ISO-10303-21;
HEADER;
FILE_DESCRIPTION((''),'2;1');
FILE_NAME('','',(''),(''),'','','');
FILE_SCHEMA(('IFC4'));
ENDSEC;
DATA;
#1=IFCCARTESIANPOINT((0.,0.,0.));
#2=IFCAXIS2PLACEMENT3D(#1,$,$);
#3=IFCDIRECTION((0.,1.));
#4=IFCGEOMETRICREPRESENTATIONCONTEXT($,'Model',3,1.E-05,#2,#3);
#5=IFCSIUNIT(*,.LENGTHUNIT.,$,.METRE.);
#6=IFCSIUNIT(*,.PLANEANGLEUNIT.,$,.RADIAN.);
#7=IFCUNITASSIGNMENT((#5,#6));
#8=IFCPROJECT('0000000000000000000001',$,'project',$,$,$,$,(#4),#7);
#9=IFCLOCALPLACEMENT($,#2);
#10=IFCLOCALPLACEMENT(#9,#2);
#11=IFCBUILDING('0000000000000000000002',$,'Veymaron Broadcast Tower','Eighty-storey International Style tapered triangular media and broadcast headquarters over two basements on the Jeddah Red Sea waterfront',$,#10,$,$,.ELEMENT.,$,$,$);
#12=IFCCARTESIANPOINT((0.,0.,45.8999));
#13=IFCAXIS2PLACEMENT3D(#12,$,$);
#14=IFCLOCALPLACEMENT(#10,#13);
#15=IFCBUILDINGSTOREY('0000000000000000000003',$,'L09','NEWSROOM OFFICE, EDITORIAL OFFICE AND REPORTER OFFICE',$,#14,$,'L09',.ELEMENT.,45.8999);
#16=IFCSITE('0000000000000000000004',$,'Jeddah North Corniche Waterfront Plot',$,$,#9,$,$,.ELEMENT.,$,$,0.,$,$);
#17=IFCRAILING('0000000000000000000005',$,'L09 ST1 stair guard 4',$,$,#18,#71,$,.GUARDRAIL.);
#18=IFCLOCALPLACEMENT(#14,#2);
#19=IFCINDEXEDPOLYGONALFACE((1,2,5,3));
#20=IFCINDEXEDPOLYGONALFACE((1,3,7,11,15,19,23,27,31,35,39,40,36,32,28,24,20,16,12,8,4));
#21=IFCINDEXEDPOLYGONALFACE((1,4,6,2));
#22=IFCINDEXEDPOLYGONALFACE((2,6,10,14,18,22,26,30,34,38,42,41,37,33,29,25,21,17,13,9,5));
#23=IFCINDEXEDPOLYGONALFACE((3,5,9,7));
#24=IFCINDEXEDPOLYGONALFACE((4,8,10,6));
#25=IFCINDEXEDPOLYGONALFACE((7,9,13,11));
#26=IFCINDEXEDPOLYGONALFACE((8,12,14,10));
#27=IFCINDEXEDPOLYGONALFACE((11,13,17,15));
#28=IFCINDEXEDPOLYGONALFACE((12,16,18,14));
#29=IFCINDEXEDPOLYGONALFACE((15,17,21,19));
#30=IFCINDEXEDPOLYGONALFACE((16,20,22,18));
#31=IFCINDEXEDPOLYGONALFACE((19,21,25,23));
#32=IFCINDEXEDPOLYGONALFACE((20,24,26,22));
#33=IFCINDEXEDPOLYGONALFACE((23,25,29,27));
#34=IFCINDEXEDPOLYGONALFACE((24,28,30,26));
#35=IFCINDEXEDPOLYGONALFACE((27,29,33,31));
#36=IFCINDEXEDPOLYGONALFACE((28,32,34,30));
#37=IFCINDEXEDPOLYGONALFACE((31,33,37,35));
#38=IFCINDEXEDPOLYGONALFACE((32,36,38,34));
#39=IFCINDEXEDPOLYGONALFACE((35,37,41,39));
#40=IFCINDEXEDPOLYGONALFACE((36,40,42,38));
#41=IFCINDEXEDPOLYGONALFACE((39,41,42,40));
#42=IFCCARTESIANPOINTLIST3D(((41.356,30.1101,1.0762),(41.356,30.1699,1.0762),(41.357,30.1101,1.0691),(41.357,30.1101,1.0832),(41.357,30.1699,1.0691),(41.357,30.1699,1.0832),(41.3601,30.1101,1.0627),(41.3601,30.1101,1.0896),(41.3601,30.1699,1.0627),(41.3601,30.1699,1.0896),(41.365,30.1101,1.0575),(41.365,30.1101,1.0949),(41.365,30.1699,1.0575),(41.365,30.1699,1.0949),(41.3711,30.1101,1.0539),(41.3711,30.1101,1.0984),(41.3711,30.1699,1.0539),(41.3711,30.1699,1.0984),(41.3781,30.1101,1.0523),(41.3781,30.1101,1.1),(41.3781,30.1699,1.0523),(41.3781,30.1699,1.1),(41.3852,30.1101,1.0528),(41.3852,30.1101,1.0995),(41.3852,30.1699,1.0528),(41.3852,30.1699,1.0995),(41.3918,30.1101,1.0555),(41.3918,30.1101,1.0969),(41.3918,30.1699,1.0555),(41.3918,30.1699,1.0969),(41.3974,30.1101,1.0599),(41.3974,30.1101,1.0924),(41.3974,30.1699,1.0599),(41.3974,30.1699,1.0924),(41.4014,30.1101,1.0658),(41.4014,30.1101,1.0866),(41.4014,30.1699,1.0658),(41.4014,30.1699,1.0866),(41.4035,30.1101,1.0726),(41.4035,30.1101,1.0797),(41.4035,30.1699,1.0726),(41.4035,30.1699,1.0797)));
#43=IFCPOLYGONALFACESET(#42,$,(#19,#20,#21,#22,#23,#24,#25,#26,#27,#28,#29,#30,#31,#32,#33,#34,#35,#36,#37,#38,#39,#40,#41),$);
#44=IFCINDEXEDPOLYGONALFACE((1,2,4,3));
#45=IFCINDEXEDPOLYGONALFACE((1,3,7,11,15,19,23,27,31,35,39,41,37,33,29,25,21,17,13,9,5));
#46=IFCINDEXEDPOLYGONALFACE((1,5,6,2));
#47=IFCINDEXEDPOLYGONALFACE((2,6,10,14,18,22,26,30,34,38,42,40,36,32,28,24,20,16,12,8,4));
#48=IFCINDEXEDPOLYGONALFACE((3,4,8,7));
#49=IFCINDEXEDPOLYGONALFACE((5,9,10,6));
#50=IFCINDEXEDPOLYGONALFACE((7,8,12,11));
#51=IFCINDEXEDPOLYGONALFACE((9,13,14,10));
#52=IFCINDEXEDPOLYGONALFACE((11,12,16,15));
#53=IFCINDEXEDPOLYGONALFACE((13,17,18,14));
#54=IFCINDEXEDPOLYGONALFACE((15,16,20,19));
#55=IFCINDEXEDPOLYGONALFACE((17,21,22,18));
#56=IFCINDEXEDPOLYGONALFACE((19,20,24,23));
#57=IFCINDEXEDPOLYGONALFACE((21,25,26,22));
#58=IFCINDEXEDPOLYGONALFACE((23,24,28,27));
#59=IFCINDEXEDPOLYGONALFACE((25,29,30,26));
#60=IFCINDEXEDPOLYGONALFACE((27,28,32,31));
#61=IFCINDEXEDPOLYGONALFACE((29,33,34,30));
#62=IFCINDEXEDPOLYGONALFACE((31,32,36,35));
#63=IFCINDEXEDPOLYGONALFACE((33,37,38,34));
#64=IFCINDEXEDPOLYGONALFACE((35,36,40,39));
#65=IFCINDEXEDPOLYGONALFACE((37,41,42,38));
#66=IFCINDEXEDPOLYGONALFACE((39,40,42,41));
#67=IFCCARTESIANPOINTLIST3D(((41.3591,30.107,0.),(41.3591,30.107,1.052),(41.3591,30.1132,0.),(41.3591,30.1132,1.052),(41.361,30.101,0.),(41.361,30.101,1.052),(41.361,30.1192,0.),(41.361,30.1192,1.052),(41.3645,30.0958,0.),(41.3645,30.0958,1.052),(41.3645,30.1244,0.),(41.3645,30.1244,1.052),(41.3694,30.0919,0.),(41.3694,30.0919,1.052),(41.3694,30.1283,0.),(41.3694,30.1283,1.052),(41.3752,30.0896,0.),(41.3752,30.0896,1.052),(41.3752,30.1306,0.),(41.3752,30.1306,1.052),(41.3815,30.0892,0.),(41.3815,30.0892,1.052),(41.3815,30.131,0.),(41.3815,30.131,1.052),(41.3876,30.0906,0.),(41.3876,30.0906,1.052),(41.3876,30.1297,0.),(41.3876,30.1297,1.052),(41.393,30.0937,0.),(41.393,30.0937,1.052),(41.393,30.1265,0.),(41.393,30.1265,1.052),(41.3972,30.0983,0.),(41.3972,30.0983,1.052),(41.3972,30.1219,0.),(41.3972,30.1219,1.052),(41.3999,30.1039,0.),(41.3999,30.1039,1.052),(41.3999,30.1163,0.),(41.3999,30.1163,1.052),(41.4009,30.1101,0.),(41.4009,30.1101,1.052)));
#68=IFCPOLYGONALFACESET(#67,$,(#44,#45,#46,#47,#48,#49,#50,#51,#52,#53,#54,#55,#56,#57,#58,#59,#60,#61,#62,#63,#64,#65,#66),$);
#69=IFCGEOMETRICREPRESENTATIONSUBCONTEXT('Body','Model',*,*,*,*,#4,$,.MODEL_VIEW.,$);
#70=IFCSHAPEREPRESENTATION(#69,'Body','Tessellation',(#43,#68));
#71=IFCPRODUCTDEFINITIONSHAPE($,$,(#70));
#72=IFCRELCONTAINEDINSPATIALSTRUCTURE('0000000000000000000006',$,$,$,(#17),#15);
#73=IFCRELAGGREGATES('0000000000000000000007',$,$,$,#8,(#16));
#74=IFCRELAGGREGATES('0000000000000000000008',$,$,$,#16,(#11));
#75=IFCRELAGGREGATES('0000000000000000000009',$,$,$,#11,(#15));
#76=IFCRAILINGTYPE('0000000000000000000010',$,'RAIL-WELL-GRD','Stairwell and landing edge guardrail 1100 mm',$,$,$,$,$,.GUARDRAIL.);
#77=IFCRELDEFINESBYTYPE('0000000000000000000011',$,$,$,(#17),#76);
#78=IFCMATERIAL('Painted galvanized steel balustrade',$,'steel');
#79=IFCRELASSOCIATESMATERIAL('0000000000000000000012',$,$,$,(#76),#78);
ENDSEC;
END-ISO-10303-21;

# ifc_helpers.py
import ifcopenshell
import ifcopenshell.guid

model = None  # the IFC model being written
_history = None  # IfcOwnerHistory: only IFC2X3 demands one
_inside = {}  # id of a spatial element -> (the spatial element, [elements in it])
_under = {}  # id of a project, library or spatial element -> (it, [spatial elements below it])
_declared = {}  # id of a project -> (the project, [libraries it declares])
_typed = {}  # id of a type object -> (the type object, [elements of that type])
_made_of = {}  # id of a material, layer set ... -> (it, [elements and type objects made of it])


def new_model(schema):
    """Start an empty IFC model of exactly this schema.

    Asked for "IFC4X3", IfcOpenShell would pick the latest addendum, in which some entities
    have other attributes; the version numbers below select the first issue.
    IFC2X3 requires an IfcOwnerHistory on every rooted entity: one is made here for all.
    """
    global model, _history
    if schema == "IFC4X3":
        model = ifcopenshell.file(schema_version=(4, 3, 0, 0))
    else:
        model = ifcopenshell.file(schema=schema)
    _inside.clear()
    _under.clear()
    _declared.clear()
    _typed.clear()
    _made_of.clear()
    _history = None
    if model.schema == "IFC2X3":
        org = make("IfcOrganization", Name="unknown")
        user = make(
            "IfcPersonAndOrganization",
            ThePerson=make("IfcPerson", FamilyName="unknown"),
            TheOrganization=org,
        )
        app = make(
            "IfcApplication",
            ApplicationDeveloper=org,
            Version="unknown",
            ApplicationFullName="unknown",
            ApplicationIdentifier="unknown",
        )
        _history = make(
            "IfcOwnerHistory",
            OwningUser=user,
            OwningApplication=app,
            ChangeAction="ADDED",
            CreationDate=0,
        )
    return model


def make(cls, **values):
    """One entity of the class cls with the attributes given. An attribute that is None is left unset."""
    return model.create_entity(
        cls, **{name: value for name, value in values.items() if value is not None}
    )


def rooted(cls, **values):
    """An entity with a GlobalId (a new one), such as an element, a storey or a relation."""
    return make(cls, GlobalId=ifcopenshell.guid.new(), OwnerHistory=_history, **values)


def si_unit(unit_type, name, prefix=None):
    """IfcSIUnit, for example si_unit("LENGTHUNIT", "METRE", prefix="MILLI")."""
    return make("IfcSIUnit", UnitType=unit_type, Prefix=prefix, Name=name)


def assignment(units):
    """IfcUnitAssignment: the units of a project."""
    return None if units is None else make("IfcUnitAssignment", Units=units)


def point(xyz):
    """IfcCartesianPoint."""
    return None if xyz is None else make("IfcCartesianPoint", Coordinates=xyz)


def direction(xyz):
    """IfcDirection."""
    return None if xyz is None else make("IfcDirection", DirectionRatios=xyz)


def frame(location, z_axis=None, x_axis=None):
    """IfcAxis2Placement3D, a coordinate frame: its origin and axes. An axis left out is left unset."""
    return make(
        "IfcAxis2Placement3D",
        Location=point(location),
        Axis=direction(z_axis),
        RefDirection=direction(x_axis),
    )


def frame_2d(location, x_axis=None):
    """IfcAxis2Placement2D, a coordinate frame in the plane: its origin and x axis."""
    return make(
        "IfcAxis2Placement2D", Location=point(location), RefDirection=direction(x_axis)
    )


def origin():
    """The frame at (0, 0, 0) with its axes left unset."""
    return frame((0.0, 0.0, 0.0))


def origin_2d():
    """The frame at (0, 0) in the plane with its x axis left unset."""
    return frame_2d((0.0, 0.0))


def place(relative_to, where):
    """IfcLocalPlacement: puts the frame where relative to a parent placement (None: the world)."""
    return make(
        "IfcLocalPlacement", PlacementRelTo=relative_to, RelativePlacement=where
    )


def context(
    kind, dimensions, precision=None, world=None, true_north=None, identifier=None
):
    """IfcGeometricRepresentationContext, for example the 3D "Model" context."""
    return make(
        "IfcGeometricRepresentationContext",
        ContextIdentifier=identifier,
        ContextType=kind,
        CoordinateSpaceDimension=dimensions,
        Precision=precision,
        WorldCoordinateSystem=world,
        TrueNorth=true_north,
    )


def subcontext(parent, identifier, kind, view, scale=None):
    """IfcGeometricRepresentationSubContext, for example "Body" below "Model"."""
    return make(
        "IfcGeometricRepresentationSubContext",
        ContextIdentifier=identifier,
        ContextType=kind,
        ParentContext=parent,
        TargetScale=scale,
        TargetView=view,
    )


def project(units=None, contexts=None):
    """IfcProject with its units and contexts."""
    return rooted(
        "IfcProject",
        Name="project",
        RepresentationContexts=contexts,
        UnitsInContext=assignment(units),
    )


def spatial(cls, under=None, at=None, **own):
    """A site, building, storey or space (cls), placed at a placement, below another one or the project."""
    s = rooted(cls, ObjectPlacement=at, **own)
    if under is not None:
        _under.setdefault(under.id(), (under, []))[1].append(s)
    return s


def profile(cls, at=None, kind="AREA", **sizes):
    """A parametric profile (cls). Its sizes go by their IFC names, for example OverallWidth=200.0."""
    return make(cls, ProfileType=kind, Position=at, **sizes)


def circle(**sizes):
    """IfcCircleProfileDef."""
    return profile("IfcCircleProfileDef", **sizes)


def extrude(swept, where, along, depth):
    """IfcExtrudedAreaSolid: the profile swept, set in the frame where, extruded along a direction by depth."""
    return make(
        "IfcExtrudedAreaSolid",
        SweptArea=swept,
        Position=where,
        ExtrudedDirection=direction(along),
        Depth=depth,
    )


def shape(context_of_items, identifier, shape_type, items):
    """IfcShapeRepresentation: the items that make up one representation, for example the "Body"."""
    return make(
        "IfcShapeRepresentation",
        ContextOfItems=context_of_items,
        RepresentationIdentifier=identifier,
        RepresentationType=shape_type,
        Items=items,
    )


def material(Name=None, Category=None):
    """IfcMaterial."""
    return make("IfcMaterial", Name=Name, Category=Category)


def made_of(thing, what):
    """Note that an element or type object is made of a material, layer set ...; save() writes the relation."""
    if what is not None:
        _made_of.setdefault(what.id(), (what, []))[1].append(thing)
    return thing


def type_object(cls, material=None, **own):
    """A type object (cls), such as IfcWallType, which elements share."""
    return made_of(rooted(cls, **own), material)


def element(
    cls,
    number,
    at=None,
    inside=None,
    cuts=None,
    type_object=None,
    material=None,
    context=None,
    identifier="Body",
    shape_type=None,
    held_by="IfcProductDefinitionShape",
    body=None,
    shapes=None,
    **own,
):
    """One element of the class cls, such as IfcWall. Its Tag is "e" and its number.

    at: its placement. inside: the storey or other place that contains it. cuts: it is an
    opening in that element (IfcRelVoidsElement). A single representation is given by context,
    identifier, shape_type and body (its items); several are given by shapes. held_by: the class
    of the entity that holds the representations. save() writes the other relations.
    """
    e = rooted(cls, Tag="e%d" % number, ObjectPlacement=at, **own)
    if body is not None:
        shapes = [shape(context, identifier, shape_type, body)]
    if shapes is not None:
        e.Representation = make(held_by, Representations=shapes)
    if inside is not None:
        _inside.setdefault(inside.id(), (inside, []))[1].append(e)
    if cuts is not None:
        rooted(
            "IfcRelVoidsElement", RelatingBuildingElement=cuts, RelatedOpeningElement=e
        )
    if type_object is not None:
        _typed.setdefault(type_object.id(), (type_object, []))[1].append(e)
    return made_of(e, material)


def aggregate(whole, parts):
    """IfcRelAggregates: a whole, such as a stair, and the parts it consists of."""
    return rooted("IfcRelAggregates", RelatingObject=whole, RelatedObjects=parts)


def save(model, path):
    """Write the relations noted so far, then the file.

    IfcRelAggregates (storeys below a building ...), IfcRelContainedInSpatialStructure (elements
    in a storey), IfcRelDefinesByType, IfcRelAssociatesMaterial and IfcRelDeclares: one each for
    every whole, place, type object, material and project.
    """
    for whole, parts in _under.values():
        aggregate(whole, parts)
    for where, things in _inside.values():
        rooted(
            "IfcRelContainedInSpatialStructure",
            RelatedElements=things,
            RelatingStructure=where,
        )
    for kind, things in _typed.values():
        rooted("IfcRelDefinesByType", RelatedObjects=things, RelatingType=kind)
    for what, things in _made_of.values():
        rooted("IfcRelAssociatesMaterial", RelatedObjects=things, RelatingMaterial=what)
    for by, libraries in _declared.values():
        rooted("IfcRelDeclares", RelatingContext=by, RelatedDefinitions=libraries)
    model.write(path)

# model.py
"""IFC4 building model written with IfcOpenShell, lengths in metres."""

from ifc_helpers import new_model, si_unit, direction, frame, origin, origin_2d, place, context, subcontext, project, spatial, circle, extrude, material, type_object, element, save


model = new_model("IFC4")

# Units and contexts
model_context = context("Model", 3, precision=1e-05, world=origin(), true_north=direction((0.0, 1.0)))
body_context = subcontext(model_context, "Body", "Model", "MODEL_VIEW")
ifc_project = project(units=[si_unit("LENGTHUNIT", "METRE"), si_unit("PLANEANGLEUNIT", "RADIAN")], contexts=[model_context])

# Site, building, storey
site_placement = place(None, origin())
site = spatial("IfcSite", under=ifc_project, at=site_placement, Name="Jeddah North Corniche Waterfront Plot", CompositionType="ELEMENT", RefElevation=0.0)
building_placement = place(site_placement, origin())
building = spatial("IfcBuilding", under=site, at=building_placement, Name="Veymaron Broadcast Tower", Description="Eighty-storey International Style tapered triangular media and broadcast headquarters over two basements on the Jeddah Red Sea waterfront", CompositionType="ELEMENT")
storey_placement = place(building_placement, frame((0.0, 0.0, 45.8999)))
storey = spatial("IfcBuildingStorey", under=building, at=storey_placement, Name="L09", Description="NEWSROOM OFFICE, EDITORIAL OFFICE AND REPORTER OFFICE", LongName="L09", CompositionType="ELEMENT", Elevation=45.8999)

# Railing
ifc_material_1 = material(Name="Painted galvanized steel balustrade", Category="steel")
railing_type_1 = type_object("IfcRailingType", Name="RAIL-WELL-GRD", Description="Stairwell and landing edge guardrail 1100 mm", PredefinedType="GUARDRAIL", material=ifc_material_1)
railing_1_placement = place(storey_placement, frame((41.3799, 30.1101, 0.0)))
element("IfcRailing", 1, at=railing_1_placement, inside=storey, type_object=railing_type_1, Name="L09 ST1 stair guard 4", PredefinedType="GUARDRAIL", context=body_context, shape_type="SweptSolid", body=[
    extrude(circle(Radius=0.0239, at=origin_2d()), frame((0.0, 0.0, 1.0762), z_axis=(0.0, 1.0, 0.0), x_axis=(-1.0, 0.0, 0.0)), (0.0, 0.0, 1.0), 0.0598),
    extrude(circle(Radius=0.021, at=origin_2d()), origin(), (0.0, 0.0, 1.0), 1.052),
])

save(model, "model.ifc")
